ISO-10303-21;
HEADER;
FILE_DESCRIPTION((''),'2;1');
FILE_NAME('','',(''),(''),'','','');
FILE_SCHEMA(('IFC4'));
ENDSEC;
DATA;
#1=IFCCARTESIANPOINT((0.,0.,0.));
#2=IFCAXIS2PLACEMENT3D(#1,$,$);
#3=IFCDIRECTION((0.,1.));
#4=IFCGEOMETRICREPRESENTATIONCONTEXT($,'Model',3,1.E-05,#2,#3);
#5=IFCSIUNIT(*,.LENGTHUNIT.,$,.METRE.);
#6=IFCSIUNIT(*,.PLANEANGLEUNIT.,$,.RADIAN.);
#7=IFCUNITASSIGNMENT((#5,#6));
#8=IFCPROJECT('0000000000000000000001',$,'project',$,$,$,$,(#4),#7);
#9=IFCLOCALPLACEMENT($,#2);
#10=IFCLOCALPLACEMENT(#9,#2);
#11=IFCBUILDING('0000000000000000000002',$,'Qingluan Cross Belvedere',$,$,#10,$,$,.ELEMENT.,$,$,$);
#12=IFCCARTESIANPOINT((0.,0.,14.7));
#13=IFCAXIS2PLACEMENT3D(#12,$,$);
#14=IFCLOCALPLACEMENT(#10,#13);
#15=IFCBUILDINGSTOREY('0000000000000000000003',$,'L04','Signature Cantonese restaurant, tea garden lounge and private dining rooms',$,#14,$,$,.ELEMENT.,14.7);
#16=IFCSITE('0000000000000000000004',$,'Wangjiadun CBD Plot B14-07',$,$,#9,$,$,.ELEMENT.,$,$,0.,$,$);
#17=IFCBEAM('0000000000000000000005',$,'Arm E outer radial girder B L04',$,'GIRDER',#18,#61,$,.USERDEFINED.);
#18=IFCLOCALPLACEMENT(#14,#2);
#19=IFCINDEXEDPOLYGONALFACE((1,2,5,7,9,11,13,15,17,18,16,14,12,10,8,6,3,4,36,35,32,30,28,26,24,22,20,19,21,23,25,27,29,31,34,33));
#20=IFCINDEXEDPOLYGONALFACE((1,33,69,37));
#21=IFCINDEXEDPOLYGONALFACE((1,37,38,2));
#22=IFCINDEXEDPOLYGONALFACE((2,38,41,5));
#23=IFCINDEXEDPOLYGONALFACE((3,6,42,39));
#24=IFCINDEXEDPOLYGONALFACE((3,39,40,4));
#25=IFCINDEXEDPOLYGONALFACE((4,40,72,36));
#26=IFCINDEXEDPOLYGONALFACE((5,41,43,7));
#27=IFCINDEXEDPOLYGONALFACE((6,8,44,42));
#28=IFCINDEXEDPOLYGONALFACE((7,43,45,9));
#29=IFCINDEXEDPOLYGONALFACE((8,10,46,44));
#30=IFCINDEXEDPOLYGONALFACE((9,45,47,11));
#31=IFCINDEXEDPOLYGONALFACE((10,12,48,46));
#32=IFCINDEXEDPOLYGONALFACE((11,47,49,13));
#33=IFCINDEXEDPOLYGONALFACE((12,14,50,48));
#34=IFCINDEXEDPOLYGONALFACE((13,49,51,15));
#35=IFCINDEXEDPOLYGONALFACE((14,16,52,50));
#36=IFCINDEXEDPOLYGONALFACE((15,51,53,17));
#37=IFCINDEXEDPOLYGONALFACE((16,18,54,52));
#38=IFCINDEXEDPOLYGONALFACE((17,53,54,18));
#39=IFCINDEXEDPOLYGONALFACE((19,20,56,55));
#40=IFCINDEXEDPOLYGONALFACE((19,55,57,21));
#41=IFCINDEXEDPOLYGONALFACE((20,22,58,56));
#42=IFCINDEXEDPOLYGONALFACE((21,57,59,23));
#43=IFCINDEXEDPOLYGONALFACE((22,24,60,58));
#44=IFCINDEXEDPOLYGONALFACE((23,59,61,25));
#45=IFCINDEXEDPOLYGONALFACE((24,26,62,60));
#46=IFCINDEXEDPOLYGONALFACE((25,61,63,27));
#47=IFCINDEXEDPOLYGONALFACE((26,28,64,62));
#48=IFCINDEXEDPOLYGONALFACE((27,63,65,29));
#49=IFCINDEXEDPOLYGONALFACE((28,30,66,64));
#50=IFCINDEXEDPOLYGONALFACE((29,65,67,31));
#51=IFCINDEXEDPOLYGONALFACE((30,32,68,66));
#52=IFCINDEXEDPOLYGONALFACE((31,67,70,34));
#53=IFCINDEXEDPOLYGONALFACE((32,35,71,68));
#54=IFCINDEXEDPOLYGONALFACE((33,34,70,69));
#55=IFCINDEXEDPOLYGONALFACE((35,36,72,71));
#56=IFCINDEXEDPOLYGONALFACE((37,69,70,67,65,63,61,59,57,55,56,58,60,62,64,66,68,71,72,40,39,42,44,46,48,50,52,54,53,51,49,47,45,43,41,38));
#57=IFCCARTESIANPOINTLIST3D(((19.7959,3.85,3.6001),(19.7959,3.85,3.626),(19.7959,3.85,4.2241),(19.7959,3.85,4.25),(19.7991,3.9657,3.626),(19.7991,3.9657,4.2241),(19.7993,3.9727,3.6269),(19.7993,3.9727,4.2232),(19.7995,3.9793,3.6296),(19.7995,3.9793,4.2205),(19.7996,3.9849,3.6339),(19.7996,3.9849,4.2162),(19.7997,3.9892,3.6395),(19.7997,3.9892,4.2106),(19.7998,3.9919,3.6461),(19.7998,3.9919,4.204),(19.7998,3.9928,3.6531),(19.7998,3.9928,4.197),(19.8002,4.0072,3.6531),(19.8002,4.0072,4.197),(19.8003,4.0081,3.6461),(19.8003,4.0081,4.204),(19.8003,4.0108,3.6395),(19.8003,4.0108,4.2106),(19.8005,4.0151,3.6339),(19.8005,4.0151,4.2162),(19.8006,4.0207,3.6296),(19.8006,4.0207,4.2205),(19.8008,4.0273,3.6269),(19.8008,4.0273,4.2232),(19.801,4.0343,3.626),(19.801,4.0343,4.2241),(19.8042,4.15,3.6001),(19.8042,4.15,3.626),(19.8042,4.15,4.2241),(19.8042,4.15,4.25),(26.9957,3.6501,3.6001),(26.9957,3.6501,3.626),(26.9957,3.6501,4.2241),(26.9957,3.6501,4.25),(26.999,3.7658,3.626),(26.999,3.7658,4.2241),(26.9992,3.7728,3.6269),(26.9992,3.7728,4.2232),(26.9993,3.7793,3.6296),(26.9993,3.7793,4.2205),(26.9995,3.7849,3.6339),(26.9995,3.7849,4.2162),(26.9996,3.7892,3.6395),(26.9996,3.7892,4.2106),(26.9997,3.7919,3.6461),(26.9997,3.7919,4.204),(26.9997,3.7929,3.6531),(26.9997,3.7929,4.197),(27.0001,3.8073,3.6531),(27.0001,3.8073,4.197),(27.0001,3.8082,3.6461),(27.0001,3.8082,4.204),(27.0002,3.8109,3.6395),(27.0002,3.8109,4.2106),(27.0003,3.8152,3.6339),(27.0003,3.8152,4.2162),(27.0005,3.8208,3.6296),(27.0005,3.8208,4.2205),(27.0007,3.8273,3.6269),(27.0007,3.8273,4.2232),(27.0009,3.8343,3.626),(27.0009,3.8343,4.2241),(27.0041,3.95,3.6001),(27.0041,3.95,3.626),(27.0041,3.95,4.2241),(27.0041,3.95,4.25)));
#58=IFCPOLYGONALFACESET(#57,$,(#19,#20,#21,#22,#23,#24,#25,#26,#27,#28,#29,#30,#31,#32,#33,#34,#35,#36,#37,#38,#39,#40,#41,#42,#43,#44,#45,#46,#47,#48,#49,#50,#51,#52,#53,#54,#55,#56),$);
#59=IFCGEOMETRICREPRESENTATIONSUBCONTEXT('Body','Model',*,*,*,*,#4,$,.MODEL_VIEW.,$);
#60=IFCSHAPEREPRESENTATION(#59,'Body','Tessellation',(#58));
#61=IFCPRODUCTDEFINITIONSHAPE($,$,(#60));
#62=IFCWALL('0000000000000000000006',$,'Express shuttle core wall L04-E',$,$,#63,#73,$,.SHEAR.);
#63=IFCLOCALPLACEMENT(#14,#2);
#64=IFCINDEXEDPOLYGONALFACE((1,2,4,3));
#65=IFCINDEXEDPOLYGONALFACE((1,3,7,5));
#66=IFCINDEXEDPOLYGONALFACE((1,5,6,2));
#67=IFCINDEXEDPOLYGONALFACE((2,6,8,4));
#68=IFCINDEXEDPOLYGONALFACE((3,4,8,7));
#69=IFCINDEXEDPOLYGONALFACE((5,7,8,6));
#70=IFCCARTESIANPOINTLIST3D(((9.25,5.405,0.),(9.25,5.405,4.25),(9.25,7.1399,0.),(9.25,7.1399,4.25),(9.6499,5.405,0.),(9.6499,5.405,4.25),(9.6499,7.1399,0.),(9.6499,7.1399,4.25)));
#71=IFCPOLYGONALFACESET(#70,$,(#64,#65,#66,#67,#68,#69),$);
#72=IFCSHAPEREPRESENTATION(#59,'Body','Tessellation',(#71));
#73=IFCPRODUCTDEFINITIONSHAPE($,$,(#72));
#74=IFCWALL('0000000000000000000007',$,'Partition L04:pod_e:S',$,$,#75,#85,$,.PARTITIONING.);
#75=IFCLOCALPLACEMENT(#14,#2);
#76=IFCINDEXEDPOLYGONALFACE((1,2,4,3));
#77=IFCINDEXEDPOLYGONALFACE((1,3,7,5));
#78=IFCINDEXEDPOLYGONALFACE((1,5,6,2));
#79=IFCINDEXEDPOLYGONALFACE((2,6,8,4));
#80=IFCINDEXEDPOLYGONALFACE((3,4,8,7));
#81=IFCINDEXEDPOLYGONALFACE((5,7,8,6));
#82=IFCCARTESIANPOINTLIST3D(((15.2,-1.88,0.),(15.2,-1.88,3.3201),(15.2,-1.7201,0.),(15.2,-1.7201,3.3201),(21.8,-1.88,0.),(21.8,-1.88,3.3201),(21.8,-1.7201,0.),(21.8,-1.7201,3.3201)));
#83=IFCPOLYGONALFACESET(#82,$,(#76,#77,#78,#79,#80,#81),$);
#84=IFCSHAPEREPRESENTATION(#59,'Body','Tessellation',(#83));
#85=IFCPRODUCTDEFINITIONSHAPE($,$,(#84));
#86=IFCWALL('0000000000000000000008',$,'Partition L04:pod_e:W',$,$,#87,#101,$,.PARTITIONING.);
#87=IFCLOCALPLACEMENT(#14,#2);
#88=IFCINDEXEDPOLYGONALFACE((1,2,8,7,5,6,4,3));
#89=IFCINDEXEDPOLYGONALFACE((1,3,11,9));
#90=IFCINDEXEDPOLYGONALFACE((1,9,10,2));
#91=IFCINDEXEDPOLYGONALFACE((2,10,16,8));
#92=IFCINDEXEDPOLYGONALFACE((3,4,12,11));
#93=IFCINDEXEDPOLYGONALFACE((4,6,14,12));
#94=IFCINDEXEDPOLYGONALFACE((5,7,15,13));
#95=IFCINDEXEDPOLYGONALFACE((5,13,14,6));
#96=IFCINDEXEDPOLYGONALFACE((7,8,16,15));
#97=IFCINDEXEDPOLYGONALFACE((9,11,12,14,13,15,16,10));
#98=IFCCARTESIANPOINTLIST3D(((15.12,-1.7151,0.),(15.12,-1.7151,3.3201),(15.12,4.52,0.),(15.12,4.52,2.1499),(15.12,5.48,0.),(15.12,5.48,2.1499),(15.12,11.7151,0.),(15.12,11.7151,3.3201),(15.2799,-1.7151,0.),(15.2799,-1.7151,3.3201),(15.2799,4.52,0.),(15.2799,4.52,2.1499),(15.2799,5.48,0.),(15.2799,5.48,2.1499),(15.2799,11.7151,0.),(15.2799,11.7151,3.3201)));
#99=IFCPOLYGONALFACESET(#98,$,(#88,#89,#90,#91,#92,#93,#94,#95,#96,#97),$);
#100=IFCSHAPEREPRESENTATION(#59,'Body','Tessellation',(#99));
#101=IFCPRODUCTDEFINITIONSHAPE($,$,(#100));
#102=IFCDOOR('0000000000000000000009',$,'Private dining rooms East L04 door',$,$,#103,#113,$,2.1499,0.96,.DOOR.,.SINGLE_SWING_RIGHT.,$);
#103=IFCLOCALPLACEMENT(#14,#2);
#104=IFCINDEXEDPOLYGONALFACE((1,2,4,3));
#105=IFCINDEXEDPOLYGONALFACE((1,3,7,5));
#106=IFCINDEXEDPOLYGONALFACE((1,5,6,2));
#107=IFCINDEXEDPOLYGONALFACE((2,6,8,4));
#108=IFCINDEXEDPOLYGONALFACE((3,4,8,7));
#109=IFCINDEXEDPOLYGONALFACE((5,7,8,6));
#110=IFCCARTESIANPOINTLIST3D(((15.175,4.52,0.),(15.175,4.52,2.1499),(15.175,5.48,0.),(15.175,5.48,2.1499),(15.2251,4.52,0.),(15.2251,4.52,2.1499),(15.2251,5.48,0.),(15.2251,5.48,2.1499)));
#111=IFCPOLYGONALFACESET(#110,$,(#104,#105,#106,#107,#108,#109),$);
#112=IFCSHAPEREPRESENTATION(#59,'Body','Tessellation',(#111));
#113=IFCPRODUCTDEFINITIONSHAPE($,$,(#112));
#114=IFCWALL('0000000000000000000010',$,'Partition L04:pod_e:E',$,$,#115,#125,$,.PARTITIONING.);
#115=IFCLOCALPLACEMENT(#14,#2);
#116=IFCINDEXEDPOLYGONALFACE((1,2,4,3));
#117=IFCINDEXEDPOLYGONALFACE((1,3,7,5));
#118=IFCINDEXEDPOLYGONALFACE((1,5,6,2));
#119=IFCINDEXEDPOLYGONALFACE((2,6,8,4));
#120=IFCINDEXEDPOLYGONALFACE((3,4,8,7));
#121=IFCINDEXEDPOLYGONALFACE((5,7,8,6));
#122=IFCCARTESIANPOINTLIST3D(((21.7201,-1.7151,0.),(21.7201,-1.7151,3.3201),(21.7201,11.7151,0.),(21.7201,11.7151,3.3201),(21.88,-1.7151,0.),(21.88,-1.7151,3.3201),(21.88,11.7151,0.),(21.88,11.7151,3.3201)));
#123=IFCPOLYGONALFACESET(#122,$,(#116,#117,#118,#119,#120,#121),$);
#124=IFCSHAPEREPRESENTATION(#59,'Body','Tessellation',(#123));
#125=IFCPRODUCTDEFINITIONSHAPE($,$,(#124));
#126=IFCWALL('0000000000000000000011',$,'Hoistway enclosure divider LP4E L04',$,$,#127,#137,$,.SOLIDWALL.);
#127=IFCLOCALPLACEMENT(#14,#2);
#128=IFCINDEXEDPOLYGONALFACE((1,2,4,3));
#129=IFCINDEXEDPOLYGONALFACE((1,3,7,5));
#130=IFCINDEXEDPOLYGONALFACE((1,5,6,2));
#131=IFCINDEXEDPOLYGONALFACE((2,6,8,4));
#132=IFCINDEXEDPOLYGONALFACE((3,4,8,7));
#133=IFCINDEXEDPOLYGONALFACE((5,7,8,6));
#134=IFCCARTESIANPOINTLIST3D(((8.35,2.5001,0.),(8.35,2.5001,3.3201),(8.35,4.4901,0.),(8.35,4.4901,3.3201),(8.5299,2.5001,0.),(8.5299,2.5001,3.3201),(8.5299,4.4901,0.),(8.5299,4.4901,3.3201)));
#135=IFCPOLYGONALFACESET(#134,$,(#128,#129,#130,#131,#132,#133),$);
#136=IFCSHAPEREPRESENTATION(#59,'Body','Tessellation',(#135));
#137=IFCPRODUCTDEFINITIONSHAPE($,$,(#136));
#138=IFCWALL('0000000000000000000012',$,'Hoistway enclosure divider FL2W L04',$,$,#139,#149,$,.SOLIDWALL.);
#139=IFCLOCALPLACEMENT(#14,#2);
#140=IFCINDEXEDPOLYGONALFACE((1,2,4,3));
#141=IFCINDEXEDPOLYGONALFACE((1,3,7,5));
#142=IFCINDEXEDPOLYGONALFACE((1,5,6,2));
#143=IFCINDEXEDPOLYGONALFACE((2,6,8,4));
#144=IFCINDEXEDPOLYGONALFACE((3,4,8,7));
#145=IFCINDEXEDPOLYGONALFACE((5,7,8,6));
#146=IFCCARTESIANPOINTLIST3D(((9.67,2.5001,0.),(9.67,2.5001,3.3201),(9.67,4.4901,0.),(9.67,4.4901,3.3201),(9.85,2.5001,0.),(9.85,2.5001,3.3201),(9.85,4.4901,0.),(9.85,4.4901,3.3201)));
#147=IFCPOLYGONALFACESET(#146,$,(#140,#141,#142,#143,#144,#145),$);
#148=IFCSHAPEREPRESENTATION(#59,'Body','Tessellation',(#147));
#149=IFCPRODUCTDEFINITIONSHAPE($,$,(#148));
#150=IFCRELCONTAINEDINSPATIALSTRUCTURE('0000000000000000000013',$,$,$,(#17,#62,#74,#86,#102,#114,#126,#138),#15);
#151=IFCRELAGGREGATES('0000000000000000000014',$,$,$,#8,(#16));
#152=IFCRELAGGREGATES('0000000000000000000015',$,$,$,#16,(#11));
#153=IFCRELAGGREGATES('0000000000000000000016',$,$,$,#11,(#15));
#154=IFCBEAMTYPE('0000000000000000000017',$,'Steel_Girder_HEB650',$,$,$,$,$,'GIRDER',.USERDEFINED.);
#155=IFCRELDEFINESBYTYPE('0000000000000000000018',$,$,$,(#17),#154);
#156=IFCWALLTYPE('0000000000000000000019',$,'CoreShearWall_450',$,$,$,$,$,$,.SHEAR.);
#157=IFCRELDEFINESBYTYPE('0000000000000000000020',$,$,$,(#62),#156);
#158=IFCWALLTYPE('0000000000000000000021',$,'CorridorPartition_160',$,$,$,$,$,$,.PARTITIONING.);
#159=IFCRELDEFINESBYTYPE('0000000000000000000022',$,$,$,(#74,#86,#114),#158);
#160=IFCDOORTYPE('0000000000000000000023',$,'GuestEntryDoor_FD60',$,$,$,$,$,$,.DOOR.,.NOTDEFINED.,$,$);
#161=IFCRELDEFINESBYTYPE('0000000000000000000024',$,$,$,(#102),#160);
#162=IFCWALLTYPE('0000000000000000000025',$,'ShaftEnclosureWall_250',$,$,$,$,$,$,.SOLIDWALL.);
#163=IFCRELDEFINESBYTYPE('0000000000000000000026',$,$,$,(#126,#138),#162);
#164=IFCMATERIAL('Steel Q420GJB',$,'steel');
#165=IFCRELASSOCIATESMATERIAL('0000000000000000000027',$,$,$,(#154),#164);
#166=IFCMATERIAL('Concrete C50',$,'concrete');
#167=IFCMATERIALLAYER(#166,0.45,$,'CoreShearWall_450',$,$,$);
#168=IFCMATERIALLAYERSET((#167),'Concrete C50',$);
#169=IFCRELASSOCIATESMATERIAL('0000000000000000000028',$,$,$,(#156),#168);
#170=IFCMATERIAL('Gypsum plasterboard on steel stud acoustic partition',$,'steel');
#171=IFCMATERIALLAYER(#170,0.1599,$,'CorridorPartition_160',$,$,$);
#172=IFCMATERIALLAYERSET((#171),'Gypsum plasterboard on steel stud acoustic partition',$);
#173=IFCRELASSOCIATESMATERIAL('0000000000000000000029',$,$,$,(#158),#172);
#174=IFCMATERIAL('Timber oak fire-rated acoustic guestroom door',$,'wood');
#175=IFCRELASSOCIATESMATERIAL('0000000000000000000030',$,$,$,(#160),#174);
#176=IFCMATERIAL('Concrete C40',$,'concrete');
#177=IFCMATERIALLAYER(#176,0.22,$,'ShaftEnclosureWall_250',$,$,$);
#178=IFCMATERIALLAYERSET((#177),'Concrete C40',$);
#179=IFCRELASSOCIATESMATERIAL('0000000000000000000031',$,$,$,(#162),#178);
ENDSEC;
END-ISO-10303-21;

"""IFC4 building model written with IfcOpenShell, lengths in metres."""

from ifc_helpers import new_model, si_unit, direction, frame, frame_2d, origin, origin_2d, place, context, subcontext, project, spatial, rectangle, i_section, extrude, material, layer, layer_set, material_profile, profile_set, type_object, element, fill, save


model = new_model("IFC4")

# Units and contexts
model_context = context("Model", 3, precision=1e-05, world=origin(), true_north=direction((0.0, 1.0)))
body_context = subcontext(model_context, "Body", "Model", "MODEL_VIEW")
ifc_project = project(units=[si_unit("LENGTHUNIT", "METRE"), si_unit("PLANEANGLEUNIT", "RADIAN")], contexts=[model_context])

# Site, building, storey
site_placement = place(None, origin())
site = spatial("IfcSite", under=ifc_project, at=site_placement, Name="Wangjiadun CBD Plot B14-07", CompositionType="ELEMENT", RefElevation=0.0)
building_placement = place(site_placement, origin())
building = spatial("IfcBuilding", under=site, at=building_placement, Name="Qingluan Cross Belvedere", CompositionType="ELEMENT")
storey_placement = place(building_placement, frame((0.0, 0.0, 14.7)))
storey = spatial("IfcBuildingStorey", under=building, at=storey_placement, Name="L04", Description="Signature Cantonese restaurant, tea garden lounge and private dining rooms", CompositionType="ELEMENT", Elevation=14.7)

# Beam
ifc_material_1 = material(Name="Steel Q420GJB", Category="steel")
ifc_material_profile_1 = material_profile(ifc_material_1, i_section(OverallWidth=0.3, OverallDepth=0.6499, WebThickness=0.0144, FlangeThickness=0.0259, FilletRadius=0.0271, at=origin_2d()), Name="HEB650")
ifc_profile_set_1 = profile_set([ifc_material_profile_1], Name="Steel Q420GJB")
beam_type = type_object("IfcBeamType", Name="Steel_Girder_HEB650", ElementType="GIRDER", PredefinedType="USERDEFINED", material=ifc_profile_set_1)
beam_1_placement = place(storey_placement, frame((19.8, 4.0, 3.925), z_axis=(0.999615, -0.02776, 0.0), x_axis=(0.02776, 0.999615, 0.0)))
element("IfcBeam", 1, at=beam_1_placement, inside=storey, type_object=beam_type, Name="Arm E outer radial girder B L04", ObjectType="GIRDER", PredefinedType="USERDEFINED", context=body_context, shape_type="SweptSolid", body=[
    extrude(i_section(OverallWidth=0.3, OverallDepth=0.6499, WebThickness=0.0144, FlangeThickness=0.0259, FilletRadius=0.0271, at=origin_2d()), origin(), (0.0, 0.0, 1.0), 7.2026),
])

# Walls
ifc_material_2 = material(Name="Concrete C50", Category="concrete")
ifc_layer_1 = layer(ifc_material_2, 0.45, Name="CoreShearWall_450")
ifc_layer_set_1 = layer_set([ifc_layer_1], Name="Concrete C50")
wall_type_1 = type_object("IfcWallType", Name="CoreShearWall_450", PredefinedType="SHEAR", material=ifc_layer_set_1)
wall_1_placement = place(storey_placement, frame((9.45, 5.405, 0.0), z_axis=(0.0, 0.0, 1.0), x_axis=(0.0, 1.0, 0.0)))
element("IfcWall", 2, at=wall_1_placement, inside=storey, type_object=wall_type_1, Name="Express shuttle core wall L04-E", PredefinedType="SHEAR", context=body_context, shape_type="SweptSolid", body=[
    extrude(rectangle(XDim=1.7349, YDim=0.3999, at=frame_2d((0.8674, 0.0))), origin(), (0.0, 0.0, 1.0), 4.25),
])
ifc_material_3 = material(Name="Gypsum plasterboard on steel stud acoustic partition", Category="steel")
ifc_layer_2 = layer(ifc_material_3, 0.1599, Name="CorridorPartition_160")
ifc_layer_set_2 = layer_set([ifc_layer_2], Name="Gypsum plasterboard on steel stud acoustic partition")
wall_type_2 = type_object("IfcWallType", Name="CorridorPartition_160", PredefinedType="PARTITIONING", material=ifc_layer_set_2)
wall_2_placement = place(storey_placement, frame((15.2, -1.8, 0.0), z_axis=(0.0, 0.0, 1.0), x_axis=(1.0, 0.0, 0.0)))
element("IfcWall", 3, at=wall_2_placement, inside=storey, type_object=wall_type_2, Name="Partition L04:pod_e:S", PredefinedType="PARTITIONING", context=body_context, shape_type="SweptSolid", body=[
    extrude(rectangle(XDim=6.6001, YDim=0.1599, at=frame_2d((3.3, 0.0))), origin(), (0.0, 0.0, 1.0), 3.3201),
])

# Wall, opening, door
wall_3_placement = place(storey_placement, frame((15.2, -1.7151, 0.0), z_axis=(0.0, 0.0, 1.0), x_axis=(0.0, 1.0, 0.0)))
wall_3 = element("IfcWall", 4, at=wall_3_placement, inside=storey, type_object=wall_type_2, Name="Partition L04:pod_e:W", PredefinedType="PARTITIONING", context=body_context, shape_type="SweptSolid", body=[
    extrude(rectangle(XDim=13.4302, YDim=0.1599, at=frame_2d((6.7151, 0.0))), origin(), (0.0, 0.0, 1.0), 3.3201),
])
opening_placement = place(wall_3_placement, frame((6.2351, 0.0, 0.0)))
opening = element("IfcOpeningElement", 5, at=opening_placement, cuts=wall_3, PredefinedType="OPENING", context=body_context, shape_type="SweptSolid", body=[
    extrude(rectangle(XDim=0.96, YDim=2.1499, at=frame_2d((0.48, 1.075))), frame((0.0, 0.0898, 0.0), z_axis=(0.0, -1.0, 0.0), x_axis=(1.0, 0.0, 0.0)), (0.0, 0.0, 1.0), 0.1799),
])
ifc_material_4 = material(Name="Timber oak fire-rated acoustic guestroom door", Category="wood")
door_type = type_object("IfcDoorType", Name="GuestEntryDoor_FD60", OperationType="NOTDEFINED", PredefinedType="DOOR", material=ifc_material_4)
door_placement = place(opening_placement, origin())
door = element("IfcDoor", 6, at=door_placement, inside=storey, type_object=door_type, Name="Private dining rooms East L04 door", OperationType="SINGLE_SWING_RIGHT", OverallHeight=2.1499, OverallWidth=0.96, PredefinedType="DOOR", context=body_context, shape_type="SweptSolid", body=[
    extrude(rectangle(XDim=0.96, YDim=2.1499, at=frame_2d((0.48, 1.075))), frame((0.0, 0.0249, 0.0), z_axis=(0.0, -1.0, 0.0), x_axis=(1.0, 0.0, 0.0)), (0.0, 0.0, 1.0), 0.05),
])
fill(opening, door)

# Walls
wall_4_placement = place(storey_placement, frame((21.8, -1.7151, 0.0), z_axis=(0.0, 0.0, 1.0), x_axis=(0.0, 1.0, 0.0)))
element("IfcWall", 7, at=wall_4_placement, inside=storey, type_object=wall_type_2, Name="Partition L04:pod_e:E", PredefinedType="PARTITIONING", context=body_context, shape_type="SweptSolid", body=[
    extrude(rectangle(XDim=13.4302, YDim=0.1599, at=frame_2d((6.7151, 0.0))), origin(), (0.0, 0.0, 1.0), 3.3201),
])
ifc_material_5 = material(Name="Concrete C40", Category="concrete")
ifc_layer_3 = layer(ifc_material_5, 0.22, Name="ShaftEnclosureWall_250")
ifc_layer_set_3 = layer_set([ifc_layer_3], Name="Concrete C40")
wall_type_3 = type_object("IfcWallType", Name="ShaftEnclosureWall_250", PredefinedType="SOLIDWALL", material=ifc_layer_set_3)
for number, where, z_axis, x_axis, name in (
    (8, (8.4399, 2.5, 0.0), (0.0, 0.0, 1.0), (0.0, 1.0, 0.0), "Hoistway enclosure divider LP4E L04"),
    (9, (9.76, 2.5, 0.0), (0.0, 0.0, 1.0), (0.0, 1.0, 0.0), "Hoistway enclosure divider FL2W L04"),
):
    element("IfcWall", number, at=place(storey_placement, frame(where, z_axis=z_axis, x_axis=x_axis)), inside=storey, type_object=wall_type_3, Name=name, PredefinedType="SOLIDWALL", context=body_context, shape_type="SweptSolid", body=[
        extrude(rectangle(XDim=1.99, YDim=0.1799, at=frame_2d((0.9951, 0.0))), origin(), (0.0, 0.0, 1.0), 3.3201),
    ])

save(model, "model.ifc")
